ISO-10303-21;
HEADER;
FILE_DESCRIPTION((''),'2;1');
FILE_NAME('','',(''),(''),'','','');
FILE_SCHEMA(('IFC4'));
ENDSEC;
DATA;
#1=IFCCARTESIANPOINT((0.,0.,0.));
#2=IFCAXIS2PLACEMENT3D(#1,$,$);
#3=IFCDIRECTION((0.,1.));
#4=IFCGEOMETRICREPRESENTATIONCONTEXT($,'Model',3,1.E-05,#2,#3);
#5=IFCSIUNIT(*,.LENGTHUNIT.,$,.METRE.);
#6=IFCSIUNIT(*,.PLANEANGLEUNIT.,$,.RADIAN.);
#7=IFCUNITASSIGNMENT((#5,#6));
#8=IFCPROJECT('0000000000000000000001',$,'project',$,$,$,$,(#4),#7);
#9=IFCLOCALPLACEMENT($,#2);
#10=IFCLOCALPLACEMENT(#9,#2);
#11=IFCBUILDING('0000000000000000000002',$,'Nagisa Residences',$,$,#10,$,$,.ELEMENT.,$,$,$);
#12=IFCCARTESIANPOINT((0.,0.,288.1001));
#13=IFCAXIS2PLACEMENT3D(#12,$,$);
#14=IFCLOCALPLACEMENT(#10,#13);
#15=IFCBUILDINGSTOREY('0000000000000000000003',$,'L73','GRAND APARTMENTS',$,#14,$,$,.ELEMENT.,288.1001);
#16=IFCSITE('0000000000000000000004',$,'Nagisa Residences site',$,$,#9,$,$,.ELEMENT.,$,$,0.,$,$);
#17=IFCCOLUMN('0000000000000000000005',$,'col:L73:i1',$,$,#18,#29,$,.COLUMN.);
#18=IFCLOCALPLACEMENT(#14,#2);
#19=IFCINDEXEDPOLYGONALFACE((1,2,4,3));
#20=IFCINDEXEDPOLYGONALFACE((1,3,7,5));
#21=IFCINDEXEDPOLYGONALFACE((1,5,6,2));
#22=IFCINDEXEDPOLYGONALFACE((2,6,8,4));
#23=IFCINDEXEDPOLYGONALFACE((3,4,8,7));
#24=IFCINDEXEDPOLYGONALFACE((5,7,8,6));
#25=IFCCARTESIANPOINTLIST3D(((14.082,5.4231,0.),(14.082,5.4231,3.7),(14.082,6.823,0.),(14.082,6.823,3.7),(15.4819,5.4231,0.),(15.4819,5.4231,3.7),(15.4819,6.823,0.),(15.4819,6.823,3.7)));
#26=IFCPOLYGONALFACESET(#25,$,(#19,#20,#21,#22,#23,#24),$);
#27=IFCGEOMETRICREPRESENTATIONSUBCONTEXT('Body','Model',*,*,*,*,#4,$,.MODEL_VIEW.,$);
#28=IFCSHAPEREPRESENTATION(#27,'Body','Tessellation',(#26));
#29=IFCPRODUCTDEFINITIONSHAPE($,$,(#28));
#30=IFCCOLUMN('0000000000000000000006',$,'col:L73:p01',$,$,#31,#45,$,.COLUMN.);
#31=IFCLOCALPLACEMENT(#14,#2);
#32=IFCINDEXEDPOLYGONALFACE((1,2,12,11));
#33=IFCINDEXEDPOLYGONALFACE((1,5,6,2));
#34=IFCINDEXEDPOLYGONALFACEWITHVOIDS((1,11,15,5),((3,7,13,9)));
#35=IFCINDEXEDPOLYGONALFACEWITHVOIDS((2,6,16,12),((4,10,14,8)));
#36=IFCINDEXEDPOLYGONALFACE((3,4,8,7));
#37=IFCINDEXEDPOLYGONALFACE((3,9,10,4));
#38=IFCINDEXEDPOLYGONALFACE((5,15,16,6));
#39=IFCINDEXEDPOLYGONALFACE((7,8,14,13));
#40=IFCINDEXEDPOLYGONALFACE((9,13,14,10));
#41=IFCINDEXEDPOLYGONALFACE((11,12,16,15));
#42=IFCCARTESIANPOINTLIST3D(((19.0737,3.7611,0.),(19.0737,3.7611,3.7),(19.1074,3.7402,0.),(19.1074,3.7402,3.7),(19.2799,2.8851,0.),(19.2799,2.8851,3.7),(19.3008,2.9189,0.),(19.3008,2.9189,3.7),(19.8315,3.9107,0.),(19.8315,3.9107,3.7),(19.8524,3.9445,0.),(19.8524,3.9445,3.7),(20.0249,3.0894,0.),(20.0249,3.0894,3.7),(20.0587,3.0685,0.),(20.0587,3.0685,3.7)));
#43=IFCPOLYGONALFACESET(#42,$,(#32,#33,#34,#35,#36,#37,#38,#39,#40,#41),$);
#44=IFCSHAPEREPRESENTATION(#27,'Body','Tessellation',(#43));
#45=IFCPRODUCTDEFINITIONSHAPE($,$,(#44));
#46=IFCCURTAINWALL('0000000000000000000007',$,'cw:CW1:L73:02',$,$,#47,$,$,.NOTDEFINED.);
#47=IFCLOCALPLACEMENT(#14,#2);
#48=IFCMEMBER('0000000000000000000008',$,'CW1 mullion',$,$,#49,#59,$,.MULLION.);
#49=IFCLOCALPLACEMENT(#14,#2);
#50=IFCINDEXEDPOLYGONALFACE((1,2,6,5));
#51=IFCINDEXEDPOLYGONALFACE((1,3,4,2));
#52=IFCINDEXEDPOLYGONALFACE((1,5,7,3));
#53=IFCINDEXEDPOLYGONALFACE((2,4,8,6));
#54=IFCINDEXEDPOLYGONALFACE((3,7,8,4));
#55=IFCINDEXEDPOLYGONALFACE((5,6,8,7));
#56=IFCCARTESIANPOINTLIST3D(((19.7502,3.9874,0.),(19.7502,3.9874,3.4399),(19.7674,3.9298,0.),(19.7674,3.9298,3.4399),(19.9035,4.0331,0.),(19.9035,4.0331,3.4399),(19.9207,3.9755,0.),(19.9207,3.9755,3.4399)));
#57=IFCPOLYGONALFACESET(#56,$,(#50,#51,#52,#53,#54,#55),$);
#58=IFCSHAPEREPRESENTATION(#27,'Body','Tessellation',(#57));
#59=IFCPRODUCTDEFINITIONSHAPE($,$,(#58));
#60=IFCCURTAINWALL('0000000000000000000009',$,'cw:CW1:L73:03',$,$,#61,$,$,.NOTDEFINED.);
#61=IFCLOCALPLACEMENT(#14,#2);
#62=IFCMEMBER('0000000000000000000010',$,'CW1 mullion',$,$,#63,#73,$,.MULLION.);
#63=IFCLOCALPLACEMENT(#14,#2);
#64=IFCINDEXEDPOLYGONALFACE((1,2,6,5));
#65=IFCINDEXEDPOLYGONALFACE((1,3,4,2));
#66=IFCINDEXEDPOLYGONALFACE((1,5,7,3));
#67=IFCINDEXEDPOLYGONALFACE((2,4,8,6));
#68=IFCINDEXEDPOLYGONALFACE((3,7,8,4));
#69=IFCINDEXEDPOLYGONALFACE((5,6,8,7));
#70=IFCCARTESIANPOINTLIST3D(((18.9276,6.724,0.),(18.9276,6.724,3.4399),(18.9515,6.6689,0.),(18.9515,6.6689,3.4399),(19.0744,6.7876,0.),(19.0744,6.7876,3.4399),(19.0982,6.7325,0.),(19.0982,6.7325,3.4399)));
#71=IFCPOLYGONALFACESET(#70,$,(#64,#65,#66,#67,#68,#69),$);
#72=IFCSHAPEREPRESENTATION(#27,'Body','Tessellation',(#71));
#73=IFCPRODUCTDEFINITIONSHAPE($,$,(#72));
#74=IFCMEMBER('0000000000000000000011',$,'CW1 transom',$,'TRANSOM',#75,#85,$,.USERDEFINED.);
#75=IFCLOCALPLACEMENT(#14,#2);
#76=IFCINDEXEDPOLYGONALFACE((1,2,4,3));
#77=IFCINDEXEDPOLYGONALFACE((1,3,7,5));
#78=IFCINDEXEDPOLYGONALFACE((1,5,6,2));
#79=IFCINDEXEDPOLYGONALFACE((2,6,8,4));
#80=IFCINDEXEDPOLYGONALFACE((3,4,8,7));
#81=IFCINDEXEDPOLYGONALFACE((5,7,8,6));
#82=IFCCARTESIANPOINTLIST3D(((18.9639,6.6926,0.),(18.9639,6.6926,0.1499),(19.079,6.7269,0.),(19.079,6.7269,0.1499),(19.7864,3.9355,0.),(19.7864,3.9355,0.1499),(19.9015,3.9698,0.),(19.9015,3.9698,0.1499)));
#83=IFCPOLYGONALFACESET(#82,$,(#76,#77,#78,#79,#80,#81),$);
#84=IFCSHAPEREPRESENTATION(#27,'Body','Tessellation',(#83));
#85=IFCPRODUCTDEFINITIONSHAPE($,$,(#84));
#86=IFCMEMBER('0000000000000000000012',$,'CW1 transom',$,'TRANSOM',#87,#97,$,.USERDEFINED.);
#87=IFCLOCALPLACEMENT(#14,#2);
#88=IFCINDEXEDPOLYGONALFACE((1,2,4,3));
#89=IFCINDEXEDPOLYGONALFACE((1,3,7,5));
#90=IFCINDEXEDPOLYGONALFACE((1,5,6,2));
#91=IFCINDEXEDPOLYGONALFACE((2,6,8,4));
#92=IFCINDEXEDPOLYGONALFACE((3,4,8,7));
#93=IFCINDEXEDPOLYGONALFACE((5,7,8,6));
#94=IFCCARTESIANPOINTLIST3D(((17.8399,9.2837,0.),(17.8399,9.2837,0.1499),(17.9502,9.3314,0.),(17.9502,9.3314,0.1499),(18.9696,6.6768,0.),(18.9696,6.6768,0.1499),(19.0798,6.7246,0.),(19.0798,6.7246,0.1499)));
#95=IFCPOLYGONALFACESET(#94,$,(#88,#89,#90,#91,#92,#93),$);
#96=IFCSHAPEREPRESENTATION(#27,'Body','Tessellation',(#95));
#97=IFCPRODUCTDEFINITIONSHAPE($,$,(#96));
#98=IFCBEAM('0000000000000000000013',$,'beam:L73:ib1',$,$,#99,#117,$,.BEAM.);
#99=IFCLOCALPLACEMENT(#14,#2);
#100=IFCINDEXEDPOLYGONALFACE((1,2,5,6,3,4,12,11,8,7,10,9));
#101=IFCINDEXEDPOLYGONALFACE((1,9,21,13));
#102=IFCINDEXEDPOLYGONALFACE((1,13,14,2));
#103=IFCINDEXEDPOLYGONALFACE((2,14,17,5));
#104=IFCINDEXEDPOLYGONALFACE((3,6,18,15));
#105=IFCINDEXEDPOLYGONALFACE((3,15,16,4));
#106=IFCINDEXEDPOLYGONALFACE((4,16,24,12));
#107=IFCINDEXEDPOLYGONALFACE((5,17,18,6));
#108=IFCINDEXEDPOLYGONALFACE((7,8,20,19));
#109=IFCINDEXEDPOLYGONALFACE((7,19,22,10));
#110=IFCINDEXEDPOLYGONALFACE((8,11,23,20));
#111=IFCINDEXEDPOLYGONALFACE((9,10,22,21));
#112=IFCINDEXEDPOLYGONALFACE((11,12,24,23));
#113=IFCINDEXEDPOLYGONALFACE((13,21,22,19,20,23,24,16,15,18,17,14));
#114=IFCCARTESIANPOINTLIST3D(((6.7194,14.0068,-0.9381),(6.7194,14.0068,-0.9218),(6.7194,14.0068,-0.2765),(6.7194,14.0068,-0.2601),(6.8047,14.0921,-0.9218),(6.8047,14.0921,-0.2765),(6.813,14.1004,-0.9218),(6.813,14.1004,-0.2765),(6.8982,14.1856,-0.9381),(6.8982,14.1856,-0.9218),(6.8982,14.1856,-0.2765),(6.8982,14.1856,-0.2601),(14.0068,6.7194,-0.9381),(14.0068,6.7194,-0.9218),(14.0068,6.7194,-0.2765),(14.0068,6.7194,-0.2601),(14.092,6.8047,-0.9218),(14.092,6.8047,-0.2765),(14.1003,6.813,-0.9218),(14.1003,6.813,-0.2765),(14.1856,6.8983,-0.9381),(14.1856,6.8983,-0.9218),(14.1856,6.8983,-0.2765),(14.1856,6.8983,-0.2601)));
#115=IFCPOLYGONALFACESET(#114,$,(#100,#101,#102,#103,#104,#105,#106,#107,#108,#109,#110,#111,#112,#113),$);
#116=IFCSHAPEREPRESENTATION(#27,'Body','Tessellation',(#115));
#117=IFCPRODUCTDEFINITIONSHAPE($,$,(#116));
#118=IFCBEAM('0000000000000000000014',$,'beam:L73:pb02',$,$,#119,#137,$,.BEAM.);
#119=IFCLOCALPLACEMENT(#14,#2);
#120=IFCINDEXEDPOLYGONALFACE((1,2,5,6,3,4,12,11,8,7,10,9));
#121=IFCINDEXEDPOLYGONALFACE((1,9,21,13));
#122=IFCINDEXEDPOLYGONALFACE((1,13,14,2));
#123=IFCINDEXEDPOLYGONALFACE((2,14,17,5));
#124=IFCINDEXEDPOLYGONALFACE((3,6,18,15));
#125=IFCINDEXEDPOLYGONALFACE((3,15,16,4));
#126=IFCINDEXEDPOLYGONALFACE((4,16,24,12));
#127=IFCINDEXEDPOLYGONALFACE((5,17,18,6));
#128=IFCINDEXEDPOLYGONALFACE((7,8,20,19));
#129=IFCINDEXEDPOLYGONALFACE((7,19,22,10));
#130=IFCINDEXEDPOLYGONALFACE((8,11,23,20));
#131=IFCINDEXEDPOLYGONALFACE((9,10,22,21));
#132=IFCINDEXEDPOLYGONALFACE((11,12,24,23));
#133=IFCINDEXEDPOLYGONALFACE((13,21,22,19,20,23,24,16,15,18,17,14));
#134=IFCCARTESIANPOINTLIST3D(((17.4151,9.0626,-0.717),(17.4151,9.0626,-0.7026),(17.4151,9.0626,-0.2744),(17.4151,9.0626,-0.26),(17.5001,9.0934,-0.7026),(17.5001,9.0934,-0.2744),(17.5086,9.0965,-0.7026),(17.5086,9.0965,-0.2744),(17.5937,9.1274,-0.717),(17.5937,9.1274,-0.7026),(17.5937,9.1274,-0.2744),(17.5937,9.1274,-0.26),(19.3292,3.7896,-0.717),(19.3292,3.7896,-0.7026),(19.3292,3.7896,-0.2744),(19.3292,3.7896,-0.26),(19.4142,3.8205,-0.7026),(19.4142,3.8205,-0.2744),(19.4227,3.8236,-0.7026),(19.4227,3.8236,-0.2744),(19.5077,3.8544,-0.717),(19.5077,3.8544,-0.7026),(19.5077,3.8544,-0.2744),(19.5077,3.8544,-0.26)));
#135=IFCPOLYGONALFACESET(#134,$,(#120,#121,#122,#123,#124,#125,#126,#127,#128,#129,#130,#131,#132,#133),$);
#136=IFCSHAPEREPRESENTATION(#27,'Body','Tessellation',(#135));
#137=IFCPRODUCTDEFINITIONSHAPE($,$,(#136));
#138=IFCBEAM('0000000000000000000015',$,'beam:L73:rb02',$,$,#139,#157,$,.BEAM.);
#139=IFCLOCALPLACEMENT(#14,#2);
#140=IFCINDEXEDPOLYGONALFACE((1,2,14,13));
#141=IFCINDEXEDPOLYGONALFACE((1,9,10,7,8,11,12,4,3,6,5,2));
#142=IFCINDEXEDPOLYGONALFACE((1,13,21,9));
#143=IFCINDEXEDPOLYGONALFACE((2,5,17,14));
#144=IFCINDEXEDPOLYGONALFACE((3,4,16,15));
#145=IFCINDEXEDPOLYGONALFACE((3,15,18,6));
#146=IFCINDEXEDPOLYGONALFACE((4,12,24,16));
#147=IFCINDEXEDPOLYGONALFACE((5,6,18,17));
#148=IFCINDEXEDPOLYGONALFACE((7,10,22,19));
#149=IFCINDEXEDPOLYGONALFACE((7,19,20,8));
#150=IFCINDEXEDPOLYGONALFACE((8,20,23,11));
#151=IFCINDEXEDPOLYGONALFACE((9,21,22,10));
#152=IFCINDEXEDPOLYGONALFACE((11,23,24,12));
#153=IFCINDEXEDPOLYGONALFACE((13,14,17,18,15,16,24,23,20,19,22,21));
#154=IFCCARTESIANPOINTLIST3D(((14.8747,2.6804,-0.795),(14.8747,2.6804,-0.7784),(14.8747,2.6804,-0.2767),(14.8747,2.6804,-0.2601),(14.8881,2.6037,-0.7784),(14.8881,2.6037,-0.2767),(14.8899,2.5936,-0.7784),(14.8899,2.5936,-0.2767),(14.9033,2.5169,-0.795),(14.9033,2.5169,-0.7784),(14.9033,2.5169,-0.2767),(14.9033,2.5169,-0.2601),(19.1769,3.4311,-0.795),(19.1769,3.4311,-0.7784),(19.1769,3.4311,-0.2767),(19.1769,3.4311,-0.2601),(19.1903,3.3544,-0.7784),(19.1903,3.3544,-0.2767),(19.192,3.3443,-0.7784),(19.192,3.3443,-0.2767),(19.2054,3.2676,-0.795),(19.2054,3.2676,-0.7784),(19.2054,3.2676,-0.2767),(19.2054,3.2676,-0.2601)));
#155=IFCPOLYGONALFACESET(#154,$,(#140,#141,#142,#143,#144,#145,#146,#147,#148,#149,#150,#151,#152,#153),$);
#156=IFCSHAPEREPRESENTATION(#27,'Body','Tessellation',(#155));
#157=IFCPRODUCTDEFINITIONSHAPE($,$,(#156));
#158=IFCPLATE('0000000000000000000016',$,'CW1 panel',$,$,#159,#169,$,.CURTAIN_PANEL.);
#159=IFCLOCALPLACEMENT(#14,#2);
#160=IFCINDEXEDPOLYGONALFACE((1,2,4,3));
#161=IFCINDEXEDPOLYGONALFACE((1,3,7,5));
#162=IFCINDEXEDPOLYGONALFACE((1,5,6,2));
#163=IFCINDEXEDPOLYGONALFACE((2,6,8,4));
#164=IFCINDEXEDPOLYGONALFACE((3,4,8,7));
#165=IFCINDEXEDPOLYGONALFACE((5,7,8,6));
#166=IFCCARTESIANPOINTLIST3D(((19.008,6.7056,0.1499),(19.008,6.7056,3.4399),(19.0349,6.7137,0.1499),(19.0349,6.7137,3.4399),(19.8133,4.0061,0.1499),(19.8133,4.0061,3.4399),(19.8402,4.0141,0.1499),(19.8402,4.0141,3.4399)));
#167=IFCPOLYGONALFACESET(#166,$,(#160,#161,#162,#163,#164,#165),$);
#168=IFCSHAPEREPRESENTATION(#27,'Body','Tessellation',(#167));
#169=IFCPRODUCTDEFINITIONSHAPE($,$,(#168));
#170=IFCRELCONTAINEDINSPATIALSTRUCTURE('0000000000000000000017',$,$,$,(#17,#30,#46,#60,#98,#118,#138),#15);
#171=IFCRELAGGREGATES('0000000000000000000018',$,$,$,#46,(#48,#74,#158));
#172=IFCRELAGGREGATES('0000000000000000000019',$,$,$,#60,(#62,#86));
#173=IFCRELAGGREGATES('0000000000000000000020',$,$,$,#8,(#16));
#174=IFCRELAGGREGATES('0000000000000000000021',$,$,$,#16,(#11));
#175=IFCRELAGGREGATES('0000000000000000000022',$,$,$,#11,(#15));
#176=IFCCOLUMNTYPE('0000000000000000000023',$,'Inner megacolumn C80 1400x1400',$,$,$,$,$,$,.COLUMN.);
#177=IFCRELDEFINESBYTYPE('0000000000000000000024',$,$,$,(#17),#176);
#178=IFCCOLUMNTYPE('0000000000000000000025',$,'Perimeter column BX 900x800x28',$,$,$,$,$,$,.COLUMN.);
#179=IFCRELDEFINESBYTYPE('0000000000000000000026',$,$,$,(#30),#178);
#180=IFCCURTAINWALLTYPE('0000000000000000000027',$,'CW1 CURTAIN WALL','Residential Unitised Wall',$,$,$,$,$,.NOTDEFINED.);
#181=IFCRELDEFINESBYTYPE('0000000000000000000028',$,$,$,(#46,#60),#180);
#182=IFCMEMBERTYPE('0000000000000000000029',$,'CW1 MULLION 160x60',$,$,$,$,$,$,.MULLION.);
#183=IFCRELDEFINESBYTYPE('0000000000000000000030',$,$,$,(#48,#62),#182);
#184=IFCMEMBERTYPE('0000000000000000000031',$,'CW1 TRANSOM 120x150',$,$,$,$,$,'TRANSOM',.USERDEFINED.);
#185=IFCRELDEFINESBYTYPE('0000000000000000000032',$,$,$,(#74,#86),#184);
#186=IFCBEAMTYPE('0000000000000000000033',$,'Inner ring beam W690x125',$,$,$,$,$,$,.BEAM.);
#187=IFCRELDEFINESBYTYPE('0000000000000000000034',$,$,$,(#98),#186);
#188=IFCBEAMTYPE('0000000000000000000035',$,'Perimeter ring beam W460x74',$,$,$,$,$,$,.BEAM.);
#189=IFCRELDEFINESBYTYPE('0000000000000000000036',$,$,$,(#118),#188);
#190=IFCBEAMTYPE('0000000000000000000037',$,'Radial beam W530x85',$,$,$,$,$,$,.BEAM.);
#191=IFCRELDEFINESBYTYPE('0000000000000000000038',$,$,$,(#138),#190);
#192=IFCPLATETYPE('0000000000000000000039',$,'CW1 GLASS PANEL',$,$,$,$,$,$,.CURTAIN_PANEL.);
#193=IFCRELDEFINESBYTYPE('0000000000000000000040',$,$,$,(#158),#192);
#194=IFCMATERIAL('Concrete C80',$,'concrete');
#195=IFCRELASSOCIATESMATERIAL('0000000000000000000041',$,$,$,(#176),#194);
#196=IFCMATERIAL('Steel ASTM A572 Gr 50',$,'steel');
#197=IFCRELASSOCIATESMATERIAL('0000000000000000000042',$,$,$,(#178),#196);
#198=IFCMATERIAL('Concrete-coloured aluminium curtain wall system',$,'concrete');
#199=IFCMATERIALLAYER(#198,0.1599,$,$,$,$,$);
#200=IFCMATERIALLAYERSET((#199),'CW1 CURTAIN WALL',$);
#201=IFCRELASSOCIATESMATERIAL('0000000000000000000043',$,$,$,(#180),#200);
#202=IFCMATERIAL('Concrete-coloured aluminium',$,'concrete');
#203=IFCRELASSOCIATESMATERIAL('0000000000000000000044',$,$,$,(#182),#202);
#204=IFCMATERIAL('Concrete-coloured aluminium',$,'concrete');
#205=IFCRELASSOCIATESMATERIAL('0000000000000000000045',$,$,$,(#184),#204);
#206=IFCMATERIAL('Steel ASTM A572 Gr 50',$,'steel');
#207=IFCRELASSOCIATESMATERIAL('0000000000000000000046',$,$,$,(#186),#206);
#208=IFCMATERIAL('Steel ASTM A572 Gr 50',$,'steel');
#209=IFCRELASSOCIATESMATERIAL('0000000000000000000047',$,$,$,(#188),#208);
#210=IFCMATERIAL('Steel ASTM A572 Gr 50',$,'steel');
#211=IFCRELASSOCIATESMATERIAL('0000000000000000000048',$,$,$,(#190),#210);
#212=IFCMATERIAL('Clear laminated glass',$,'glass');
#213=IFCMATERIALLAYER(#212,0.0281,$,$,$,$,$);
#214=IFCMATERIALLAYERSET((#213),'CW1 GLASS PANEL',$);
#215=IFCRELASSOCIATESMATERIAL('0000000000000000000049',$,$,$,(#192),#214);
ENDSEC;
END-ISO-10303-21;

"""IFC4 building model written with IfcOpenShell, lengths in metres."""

from ifc_helpers import new_model, si_unit, direction, frame, origin, origin_2d, place, context, subcontext, project, spatial, rectangle, hollow_rectangle, i_section, extrude, material, layer, layer_set, material_profile, profile_set, type_object, element, aggregate, save


model = new_model("IFC4")

# Units and contexts
model_context = context("Model", 3, precision=1e-05, world=origin(), true_north=direction((0.0, 1.0)))
body_context = subcontext(model_context, "Body", "Model", "MODEL_VIEW")
ifc_project = project(units=[si_unit("LENGTHUNIT", "METRE"), si_unit("PLANEANGLEUNIT", "RADIAN")], contexts=[model_context])

# Site, building, storey
site_placement = place(None, origin())
site = spatial("IfcSite", under=ifc_project, at=site_placement, Name="Nagisa Residences site", CompositionType="ELEMENT", RefElevation=0.0)
building_placement = place(site_placement, origin())
building = spatial("IfcBuilding", under=site, at=building_placement, Name="Nagisa Residences", CompositionType="ELEMENT")
storey_placement = place(building_placement, frame((0.0, 0.0, 288.1001)))
storey = spatial("IfcBuildingStorey", under=building, at=storey_placement, Name="L73", Description="GRAND APARTMENTS", CompositionType="ELEMENT", Elevation=288.1001)

# Columns
ifc_material_1 = material(Name="Concrete C80", Category="concrete")
ifc_material_profile_1 = material_profile(ifc_material_1, rectangle(XDim=1.3999, YDim=1.3999, at=origin_2d()), Name="C80 1400x1400")
ifc_profile_set_1 = profile_set([ifc_material_profile_1], Name="Concrete C80")
column_type_1 = type_object("IfcColumnType", Name="Inner megacolumn C80 1400x1400", PredefinedType="COLUMN", material=ifc_profile_set_1)
column_1_placement = place(storey_placement, frame((14.782, 6.123, 0.0), z_axis=(0.0, 0.0, 1.0), x_axis=(1.0, 0.0, 0.0)))
element("IfcColumn", 1, at=column_1_placement, inside=storey, type_object=column_type_1, Name="col:L73:i1", PredefinedType="COLUMN", context=body_context, shape_type="SweptSolid", body=[
    extrude(rectangle(XDim=1.3999, YDim=1.3999, at=origin_2d()), origin(), (0.0, 0.0, 1.0), 3.7),
])
ifc_material_2 = material(Name="Steel ASTM A572 Gr 50", Category="steel")
ifc_material_profile_2 = material_profile(ifc_material_2, hollow_rectangle(XDim=0.8999, YDim=0.8, WallThickness=0.0281, at=origin_2d()), Name="BX 900x800x28")
ifc_profile_set_2 = profile_set([ifc_material_profile_2], Name="Steel ASTM A572 Gr 50")
column_type_2 = type_object("IfcColumnType", Name="Perimeter column BX 900x800x28", PredefinedType="COLUMN", material=ifc_profile_set_2)
column_2_placement = place(storey_placement, frame((19.5662, 3.4148, 0.0), z_axis=(0.0, 0.0, 1.0), x_axis=(-0.229202, 0.973379, 0.0)))
element("IfcColumn", 2, at=column_2_placement, inside=storey, type_object=column_type_2, Name="col:L73:p01", PredefinedType="COLUMN", context=body_context, shape_type="SweptSolid", body=[
    extrude(hollow_rectangle(XDim=0.8999, YDim=0.8, WallThickness=0.0281, at=origin_2d()), origin(), (0.0, 0.0, 1.0), 3.7),
])

# Curtain walls, members
ifc_material_3 = material(Name="Concrete-coloured aluminium curtain wall system", Category="concrete")
ifc_layer_1 = layer(ifc_material_3, 0.1599)
ifc_layer_set_1 = layer_set([ifc_layer_1], Name="CW1 CURTAIN WALL")
curtain_wall_type = type_object("IfcCurtainWallType", Name="CW1 CURTAIN WALL", Description="Residential Unitised Wall", PredefinedType="NOTDEFINED", material=ifc_layer_set_1)
curtain_wall_1_placement = place(storey_placement, origin())
curtain_wall_1 = element("IfcCurtainWall", 3, at=curtain_wall_1_placement, inside=storey, type_object=curtain_wall_type, Name="cw:CW1:L73:02", PredefinedType="NOTDEFINED")
ifc_material_4 = material(Name="Concrete-coloured aluminium", Category="concrete")
ifc_material_profile_3 = material_profile(ifc_material_4, rectangle(XDim=0.1599, YDim=0.0601, at=origin_2d()), Name="CW1 MULLION 160x60")
ifc_profile_set_3 = profile_set([ifc_material_profile_3], Name="Concrete-coloured aluminium")
member_type_1 = type_object("IfcMemberType", Name="CW1 MULLION 160x60", PredefinedType="MULLION", material=ifc_profile_set_3)
member_1_placement = place(storey_placement, frame((19.8354, 3.9814, 0.0), z_axis=(0.0, 0.0, 1.0), x_axis=(-0.958271, -0.28586, 0.0)))
member_1 = element("IfcMember", 4, at=member_1_placement, type_object=member_type_1, Name="CW1 mullion", PredefinedType="MULLION", context=body_context, shape_type="SweptSolid", body=[
    extrude(rectangle(XDim=0.1599, YDim=0.0601, at=origin_2d()), origin(), (0.0, 0.0, 1.0), 3.4399),
])
curtain_wall_2_placement = place(storey_placement, origin())
curtain_wall_2 = element("IfcCurtainWall", 5, at=curtain_wall_2_placement, inside=storey, type_object=curtain_wall_type, Name="cw:CW1:L73:03", PredefinedType="NOTDEFINED")
member_2_placement = place(storey_placement, frame((19.0129, 6.7283, 0.0), z_axis=(0.0, 0.0, 1.0), x_axis=(-0.917543, -0.397636, 0.0)))
member_2 = element("IfcMember", 6, at=member_2_placement, type_object=member_type_1, Name="CW1 mullion", PredefinedType="MULLION", context=body_context, shape_type="SweptSolid", body=[
    extrude(rectangle(XDim=0.1599, YDim=0.0601, at=origin_2d()), origin(), (0.0, 0.0, 1.0), 3.4399),
])

# Members
ifc_material_5 = material(Name="Concrete-coloured aluminium", Category="concrete")
ifc_material_profile_4 = material_profile(ifc_material_5, rectangle(XDim=0.1201, YDim=0.1499, at=origin_2d()), Name="CW1 TRANSOM 120x150")
ifc_profile_set_4 = profile_set([ifc_material_profile_4], Name="Concrete-coloured aluminium")
member_type_2 = type_object("IfcMemberType", Name="CW1 TRANSOM 120x150", ElementType="TRANSOM", PredefinedType="USERDEFINED", material=ifc_profile_set_4)
member_3_placement = place(storey_placement, frame((19.844, 3.9526, 0.075), z_axis=(-0.285876, 0.958267, 0.0), x_axis=(-0.958267, -0.285876, 0.0)))
member_3 = element("IfcMember", 7, at=member_3_placement, type_object=member_type_2, Name="CW1 transom", ObjectType="TRANSOM", PredefinedType="USERDEFINED", context=body_context, shape_type="SweptSolid", body=[
    extrude(rectangle(XDim=0.1201, YDim=0.1499, at=origin_2d()), origin(), (0.0, 0.0, 1.0), 2.8772),
])
member_4_placement = place(storey_placement, frame((19.0247, 6.7007, 0.075), z_axis=(-0.397598, 0.91756, 0.0), x_axis=(-0.91756, -0.397598, 0.0)))
member_4 = element("IfcMember", 8, at=member_4_placement, type_object=member_type_2, Name="CW1 transom", ObjectType="TRANSOM", PredefinedType="USERDEFINED", context=body_context, shape_type="SweptSolid", body=[
    extrude(rectangle(XDim=0.1201, YDim=0.1499, at=origin_2d()), origin(), (0.0, 0.0, 1.0), 2.8411),
])

# Beams
ifc_material_6 = material(Name="Steel ASTM A572 Gr 50", Category="steel")
ifc_material_profile_5 = material_profile(ifc_material_6, i_section(OverallWidth=0.2529, OverallDepth=0.678, WebThickness=0.0117, FlangeThickness=0.0164, at=origin_2d()), Name="W690x125")
ifc_profile_set_5 = profile_set([ifc_material_profile_5], Name="Steel ASTM A572 Gr 50")
beam_type_1 = type_object("IfcBeamType", Name="Inner ring beam W690x125", PredefinedType="BEAM", material=ifc_profile_set_5)
beam_1_placement = place(storey_placement, frame((14.0962, 6.8088, -0.5991), z_axis=(-0.707107, 0.707107, 0.0), x_axis=(-0.707107, -0.707107, 0.0)))
element("IfcBeam", 9, at=beam_1_placement, inside=storey, type_object=beam_type_1, Name="beam:L73:ib1", PredefinedType="BEAM", context=body_context, shape_type="SweptSolid", body=[
    extrude(i_section(OverallWidth=0.2529, OverallDepth=0.678, WebThickness=0.0117, FlangeThickness=0.0164, at=origin_2d()), origin(), (0.0, 0.0, 1.0), 10.3059),
])
ifc_material_7 = material(Name="Steel ASTM A572 Gr 50", Category="steel")
ifc_material_profile_6 = material_profile(ifc_material_7, i_section(OverallWidth=0.1899, OverallDepth=0.457, WebThickness=0.009, FlangeThickness=0.0144, at=origin_2d()), Name="W460x74")
ifc_profile_set_6 = profile_set([ifc_material_profile_6], Name="Steel ASTM A572 Gr 50")
beam_type_2 = type_object("IfcBeamType", Name="Perimeter ring beam W460x74", PredefinedType="BEAM", material=ifc_profile_set_6)
beam_2_placement = place(storey_placement, frame((19.4185, 3.822, -0.4885), z_axis=(-0.341212, 0.939986, 0.0), x_axis=(-0.939986, -0.341212, 0.0)))
element("IfcBeam", 10, at=beam_2_placement, inside=storey, type_object=beam_type_2, Name="beam:L73:pb02", PredefinedType="BEAM", context=body_context, shape_type="SweptSolid", body=[
    extrude(i_section(OverallWidth=0.1899, OverallDepth=0.457, WebThickness=0.009, FlangeThickness=0.0144, at=origin_2d()), origin(), (0.0, 0.0, 1.0), 5.6096),
])
ifc_material_8 = material(Name="Steel ASTM A572 Gr 50", Category="steel")
ifc_material_profile_7 = material_profile(ifc_material_8, i_section(OverallWidth=0.166, OverallDepth=0.5349, WebThickness=0.0103, FlangeThickness=0.0166, at=origin_2d()), Name="W530x85")
ifc_profile_set_7 = profile_set([ifc_material_profile_7], Name="Steel ASTM A572 Gr 50")
beam_type_3 = type_object("IfcBeamType", Name="Radial beam W530x85", PredefinedType="BEAM", material=ifc_profile_set_7)
beam_3_placement = place(storey_placement, frame((19.1912, 3.3494, -0.5276), z_axis=(-0.985114, -0.1719, 0.0), x_axis=(0.1719, -0.985114, 0.0)))
element("IfcBeam", 11, at=beam_3_placement, inside=storey, type_object=beam_type_3, Name="beam:L73:rb02", PredefinedType="BEAM", context=body_context, shape_type="SweptSolid", body=[
    extrude(i_section(OverallWidth=0.166, OverallDepth=0.5349, WebThickness=0.0103, FlangeThickness=0.0166, at=origin_2d()), origin(), (0.0, 0.0, 1.0), 4.3672),
])

# Plate
ifc_material_9 = material(Name="Clear laminated glass", Category="glass")
ifc_layer_2 = layer(ifc_material_9, 0.0281)
ifc_layer_set_2 = layer_set([ifc_layer_2], Name="CW1 GLASS PANEL")
plate_type = type_object("IfcPlateType", Name="CW1 GLASS PANEL", PredefinedType="CURTAIN_PANEL", material=ifc_layer_set_2)
plate_1_placement = place(storey_placement, frame((19.4241, 5.3599, 0.1499), z_axis=(0.0, 0.0, 1.0), x_axis=(-0.28586, 0.958271, 0.0)))
plate_1 = element("IfcPlate", 12, at=plate_1_placement, type_object=plate_type, Name="CW1 panel", PredefinedType="CURTAIN_PANEL", context=body_context, shape_type="SweptSolid", body=[
    extrude(rectangle(XDim=2.8171, YDim=0.0281, at=origin_2d()), origin(), (0.0, 0.0, 1.0), 3.29),
])
aggregate(curtain_wall_1, [member_1, member_3, plate_1])
aggregate(curtain_wall_2, [member_2, member_4])

save(model, "model.ifc")
